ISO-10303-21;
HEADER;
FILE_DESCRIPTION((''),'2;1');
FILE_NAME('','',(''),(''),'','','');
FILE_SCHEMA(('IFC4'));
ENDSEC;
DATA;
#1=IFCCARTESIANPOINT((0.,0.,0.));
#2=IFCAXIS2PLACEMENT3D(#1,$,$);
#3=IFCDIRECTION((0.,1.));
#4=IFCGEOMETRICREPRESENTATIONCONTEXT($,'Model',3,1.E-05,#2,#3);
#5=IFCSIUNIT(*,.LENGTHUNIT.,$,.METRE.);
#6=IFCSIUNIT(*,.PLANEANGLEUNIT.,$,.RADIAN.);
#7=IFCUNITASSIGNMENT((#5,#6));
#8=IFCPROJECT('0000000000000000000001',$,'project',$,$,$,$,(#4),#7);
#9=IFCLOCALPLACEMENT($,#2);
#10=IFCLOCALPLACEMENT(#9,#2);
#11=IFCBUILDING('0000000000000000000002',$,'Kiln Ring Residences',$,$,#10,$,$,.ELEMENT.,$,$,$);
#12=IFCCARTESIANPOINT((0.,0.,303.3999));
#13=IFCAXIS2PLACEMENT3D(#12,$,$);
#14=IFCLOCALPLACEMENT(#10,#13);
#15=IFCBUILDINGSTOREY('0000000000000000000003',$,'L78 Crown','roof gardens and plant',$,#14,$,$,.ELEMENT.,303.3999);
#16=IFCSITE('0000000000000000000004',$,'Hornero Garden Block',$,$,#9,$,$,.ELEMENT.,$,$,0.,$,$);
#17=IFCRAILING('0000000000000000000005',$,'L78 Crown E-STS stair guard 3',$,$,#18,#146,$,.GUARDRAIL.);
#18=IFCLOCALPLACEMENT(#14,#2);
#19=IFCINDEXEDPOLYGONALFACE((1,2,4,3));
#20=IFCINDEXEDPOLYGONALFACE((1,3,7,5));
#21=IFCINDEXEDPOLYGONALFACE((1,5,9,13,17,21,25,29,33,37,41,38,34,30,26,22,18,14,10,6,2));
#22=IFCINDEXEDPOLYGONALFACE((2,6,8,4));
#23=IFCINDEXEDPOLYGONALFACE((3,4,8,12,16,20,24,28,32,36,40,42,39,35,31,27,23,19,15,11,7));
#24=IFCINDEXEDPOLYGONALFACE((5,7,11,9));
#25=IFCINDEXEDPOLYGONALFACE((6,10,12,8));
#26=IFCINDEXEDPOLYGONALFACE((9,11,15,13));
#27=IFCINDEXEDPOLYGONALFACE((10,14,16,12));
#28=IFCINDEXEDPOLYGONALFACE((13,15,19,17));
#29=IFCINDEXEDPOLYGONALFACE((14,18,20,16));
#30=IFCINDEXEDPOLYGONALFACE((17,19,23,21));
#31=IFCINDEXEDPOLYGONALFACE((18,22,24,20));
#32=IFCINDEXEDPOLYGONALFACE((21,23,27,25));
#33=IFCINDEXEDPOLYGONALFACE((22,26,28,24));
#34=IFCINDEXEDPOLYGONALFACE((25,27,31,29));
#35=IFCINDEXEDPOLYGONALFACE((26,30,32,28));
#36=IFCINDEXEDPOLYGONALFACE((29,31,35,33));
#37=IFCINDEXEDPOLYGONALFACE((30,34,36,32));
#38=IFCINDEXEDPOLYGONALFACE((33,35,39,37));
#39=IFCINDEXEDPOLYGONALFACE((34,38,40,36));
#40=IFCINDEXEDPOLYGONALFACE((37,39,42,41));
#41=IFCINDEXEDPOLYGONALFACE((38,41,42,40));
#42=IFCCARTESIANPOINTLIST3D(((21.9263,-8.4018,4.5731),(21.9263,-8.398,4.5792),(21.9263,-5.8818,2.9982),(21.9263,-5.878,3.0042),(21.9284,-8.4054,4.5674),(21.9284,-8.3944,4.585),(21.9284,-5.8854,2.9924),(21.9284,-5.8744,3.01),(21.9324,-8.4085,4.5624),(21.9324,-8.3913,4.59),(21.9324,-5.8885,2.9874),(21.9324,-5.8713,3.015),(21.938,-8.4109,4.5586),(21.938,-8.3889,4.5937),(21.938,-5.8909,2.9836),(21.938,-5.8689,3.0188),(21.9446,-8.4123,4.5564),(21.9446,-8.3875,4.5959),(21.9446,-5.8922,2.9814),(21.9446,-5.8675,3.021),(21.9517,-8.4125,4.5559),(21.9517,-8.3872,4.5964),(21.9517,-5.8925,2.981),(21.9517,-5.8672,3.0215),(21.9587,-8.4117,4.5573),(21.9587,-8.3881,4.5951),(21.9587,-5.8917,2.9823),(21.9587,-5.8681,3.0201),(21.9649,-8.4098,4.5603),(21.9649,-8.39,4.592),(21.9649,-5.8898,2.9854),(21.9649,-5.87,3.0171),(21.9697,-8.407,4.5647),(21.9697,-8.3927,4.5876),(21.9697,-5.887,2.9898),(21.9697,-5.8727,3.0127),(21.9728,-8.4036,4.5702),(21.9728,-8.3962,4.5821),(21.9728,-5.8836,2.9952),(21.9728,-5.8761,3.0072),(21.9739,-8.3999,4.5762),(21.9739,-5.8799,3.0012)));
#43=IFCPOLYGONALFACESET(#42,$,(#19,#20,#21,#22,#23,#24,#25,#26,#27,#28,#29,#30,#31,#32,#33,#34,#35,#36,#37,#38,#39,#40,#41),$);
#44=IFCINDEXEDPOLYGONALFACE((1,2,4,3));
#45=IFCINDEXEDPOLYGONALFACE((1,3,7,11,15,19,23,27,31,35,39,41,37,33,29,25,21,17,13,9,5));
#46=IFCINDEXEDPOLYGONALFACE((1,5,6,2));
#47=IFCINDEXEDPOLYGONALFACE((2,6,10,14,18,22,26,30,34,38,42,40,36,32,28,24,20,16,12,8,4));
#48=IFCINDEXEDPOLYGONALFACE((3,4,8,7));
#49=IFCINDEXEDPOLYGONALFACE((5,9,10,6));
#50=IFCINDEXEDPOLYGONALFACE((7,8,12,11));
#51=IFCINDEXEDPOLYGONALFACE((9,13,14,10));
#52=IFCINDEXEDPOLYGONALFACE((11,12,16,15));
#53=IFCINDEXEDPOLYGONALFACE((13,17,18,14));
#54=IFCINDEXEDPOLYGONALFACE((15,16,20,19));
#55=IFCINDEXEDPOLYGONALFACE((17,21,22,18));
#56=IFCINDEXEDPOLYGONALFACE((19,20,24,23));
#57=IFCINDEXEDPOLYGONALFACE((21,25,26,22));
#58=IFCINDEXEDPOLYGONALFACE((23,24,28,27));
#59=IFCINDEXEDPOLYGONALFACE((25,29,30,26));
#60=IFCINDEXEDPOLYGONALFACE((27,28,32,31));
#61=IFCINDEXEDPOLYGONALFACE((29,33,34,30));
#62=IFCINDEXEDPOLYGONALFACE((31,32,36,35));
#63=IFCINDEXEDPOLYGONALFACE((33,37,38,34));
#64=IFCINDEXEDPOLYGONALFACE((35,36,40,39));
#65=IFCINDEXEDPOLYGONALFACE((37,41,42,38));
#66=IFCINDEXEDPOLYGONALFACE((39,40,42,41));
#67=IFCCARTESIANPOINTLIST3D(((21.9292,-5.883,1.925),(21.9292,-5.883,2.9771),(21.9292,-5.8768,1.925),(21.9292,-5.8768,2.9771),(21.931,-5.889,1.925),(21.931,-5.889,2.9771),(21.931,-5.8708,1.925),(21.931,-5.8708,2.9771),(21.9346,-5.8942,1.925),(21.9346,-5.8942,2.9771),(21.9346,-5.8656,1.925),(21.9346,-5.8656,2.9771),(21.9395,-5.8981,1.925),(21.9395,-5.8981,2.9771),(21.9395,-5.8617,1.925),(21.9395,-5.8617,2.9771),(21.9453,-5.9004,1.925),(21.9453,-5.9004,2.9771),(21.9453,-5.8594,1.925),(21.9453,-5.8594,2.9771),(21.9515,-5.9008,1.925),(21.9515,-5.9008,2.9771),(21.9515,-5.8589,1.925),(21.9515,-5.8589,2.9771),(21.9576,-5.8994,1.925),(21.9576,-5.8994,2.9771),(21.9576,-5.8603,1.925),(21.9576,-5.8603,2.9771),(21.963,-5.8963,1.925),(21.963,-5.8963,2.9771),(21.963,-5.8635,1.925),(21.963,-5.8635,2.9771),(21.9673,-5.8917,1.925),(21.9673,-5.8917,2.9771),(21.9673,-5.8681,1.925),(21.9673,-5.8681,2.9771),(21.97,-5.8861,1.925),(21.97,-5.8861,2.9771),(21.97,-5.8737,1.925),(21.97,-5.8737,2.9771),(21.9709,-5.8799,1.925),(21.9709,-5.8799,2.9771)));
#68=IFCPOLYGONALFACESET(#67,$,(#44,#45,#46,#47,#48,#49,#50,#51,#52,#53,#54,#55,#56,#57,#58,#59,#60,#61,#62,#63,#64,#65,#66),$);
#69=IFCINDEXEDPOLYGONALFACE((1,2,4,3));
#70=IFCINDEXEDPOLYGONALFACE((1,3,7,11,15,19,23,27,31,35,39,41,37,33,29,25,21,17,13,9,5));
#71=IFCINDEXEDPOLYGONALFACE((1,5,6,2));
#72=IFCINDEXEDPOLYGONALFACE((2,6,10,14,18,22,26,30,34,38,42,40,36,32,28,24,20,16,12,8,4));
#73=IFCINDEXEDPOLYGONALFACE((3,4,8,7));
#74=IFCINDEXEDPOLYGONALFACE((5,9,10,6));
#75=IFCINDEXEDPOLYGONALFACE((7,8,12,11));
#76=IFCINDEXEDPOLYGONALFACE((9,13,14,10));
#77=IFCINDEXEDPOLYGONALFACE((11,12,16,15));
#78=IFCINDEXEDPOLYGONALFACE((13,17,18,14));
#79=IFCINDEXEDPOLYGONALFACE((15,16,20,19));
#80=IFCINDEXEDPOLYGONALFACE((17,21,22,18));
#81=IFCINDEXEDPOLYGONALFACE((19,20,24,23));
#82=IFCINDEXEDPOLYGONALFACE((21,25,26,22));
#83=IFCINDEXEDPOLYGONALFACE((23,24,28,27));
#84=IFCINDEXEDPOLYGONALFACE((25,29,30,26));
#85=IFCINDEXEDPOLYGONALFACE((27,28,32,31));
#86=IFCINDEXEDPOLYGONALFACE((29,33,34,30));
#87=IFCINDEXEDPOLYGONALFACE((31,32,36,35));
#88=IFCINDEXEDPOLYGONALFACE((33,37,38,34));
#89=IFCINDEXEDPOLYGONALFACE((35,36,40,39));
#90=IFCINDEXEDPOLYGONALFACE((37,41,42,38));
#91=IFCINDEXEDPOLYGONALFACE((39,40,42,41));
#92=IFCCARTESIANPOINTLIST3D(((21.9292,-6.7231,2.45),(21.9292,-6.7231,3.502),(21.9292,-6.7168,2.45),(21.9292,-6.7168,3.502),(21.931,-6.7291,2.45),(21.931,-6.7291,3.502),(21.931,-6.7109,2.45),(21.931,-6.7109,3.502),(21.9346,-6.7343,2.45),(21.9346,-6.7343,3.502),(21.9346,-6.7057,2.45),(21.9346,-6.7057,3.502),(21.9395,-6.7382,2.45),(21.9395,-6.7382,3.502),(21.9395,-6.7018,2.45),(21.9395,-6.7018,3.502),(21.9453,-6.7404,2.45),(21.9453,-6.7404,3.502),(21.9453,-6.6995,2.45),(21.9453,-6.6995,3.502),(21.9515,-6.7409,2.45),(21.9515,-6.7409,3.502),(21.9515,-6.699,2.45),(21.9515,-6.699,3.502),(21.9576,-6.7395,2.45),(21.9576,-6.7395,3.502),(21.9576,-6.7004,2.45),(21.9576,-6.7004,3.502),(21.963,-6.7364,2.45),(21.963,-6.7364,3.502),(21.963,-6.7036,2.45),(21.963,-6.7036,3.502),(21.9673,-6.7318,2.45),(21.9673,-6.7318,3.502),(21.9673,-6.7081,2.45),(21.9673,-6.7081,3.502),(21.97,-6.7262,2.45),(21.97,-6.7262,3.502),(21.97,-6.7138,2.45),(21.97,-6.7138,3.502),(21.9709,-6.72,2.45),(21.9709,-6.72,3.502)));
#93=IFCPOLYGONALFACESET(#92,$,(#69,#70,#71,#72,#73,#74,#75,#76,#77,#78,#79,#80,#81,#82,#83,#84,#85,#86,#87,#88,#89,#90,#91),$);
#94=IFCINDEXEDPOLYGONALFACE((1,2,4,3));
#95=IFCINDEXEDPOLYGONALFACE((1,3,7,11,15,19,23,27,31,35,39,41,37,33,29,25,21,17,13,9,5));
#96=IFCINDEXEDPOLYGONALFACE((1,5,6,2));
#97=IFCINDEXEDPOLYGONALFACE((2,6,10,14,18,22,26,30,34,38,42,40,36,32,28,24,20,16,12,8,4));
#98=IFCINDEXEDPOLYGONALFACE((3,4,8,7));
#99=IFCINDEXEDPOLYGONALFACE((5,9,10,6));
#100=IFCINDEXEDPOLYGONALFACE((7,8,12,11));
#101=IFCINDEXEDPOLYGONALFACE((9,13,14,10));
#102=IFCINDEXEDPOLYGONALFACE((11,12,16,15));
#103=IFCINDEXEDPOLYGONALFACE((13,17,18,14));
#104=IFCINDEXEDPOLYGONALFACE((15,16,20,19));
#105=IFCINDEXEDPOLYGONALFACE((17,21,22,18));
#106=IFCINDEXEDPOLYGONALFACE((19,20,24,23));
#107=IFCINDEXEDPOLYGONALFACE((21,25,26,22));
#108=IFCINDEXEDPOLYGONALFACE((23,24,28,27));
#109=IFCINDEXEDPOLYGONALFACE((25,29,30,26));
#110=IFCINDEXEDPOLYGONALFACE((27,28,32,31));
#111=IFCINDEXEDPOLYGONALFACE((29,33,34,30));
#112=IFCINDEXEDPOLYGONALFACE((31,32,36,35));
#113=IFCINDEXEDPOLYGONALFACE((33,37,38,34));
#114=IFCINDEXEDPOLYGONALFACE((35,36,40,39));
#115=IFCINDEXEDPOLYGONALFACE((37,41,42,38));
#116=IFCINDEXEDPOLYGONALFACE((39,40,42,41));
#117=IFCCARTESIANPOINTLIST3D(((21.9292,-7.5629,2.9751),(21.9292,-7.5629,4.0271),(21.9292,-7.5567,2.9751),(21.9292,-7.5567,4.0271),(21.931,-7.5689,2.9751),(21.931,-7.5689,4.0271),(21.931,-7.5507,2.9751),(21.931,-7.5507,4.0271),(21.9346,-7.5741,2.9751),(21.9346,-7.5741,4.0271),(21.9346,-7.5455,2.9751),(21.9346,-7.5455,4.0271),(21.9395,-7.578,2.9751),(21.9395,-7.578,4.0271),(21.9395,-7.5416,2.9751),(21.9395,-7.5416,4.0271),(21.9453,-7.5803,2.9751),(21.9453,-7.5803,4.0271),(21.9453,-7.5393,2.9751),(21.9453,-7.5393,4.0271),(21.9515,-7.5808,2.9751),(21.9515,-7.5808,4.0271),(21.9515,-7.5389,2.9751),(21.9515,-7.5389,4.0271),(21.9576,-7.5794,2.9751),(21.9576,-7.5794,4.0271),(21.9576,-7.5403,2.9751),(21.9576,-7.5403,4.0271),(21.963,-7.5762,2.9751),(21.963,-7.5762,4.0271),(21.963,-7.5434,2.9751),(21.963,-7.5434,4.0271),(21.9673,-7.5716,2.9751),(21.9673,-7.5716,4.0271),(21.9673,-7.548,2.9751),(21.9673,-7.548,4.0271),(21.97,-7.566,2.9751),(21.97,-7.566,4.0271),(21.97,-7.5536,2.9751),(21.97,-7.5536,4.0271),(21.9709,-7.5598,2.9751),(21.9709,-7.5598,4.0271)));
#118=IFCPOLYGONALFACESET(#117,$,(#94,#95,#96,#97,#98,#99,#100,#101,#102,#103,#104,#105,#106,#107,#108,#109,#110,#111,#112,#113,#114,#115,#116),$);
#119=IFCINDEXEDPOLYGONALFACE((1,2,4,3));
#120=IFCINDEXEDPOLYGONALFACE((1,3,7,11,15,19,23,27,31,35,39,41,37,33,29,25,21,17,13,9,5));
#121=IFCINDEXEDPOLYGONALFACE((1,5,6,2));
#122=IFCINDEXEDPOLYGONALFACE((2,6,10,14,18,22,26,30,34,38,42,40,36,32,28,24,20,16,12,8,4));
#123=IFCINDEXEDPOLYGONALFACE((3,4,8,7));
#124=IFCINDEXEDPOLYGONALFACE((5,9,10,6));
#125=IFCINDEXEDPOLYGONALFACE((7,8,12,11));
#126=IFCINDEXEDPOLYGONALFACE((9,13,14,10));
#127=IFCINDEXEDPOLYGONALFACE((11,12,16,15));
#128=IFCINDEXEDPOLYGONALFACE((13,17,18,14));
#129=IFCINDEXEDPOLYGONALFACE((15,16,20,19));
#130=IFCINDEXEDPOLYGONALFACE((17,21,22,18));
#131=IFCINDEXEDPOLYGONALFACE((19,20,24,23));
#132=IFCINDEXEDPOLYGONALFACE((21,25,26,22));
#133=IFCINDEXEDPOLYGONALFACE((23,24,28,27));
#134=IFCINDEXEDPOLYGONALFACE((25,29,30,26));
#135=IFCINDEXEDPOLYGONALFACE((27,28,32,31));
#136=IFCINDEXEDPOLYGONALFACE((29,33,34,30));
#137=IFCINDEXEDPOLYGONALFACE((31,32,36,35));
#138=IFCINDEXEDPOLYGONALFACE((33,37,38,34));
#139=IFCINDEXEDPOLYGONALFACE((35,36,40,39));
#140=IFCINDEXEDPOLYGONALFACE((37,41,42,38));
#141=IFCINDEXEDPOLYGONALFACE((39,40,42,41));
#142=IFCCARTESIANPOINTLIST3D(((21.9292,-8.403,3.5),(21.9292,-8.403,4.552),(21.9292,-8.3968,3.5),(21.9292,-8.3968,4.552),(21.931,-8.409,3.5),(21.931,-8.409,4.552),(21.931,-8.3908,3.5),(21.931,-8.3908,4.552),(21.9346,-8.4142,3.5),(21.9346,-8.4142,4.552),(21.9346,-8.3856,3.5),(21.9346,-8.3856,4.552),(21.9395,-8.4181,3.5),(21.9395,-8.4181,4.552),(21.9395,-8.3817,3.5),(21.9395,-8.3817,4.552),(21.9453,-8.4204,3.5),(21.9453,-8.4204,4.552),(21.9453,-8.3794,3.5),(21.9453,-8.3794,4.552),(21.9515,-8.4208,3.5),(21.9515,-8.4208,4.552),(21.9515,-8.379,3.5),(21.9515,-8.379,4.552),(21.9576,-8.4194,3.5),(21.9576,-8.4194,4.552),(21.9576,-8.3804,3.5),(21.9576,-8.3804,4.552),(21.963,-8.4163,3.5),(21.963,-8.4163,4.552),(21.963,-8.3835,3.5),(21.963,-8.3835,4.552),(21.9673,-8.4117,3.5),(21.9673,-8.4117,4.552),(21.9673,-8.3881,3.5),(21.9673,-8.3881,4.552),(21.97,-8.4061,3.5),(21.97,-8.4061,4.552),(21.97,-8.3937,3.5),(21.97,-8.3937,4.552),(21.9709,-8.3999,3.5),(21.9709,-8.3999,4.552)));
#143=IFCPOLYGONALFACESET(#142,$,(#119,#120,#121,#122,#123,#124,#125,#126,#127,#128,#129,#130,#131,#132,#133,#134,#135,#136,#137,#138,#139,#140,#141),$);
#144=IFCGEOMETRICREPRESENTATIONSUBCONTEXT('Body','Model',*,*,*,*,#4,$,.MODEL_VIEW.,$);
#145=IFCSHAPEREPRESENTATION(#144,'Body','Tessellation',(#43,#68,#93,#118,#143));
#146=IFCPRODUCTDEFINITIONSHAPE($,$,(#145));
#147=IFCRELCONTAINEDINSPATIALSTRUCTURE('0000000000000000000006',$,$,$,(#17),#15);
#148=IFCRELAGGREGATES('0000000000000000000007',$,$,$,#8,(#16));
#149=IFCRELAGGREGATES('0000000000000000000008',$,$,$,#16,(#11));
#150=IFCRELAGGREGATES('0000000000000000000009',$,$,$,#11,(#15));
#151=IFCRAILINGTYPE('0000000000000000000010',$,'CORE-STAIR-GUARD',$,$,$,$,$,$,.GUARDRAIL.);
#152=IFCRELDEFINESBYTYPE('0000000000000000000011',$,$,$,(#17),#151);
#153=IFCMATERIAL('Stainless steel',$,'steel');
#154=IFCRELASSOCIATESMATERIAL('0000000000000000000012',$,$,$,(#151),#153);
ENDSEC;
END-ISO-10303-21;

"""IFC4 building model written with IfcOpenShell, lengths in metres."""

from ifc_helpers import new_model, si_unit, direction, frame, origin, origin_2d, place, context, subcontext, project, spatial, circle, extrude, material, type_object, element, save


model = new_model("IFC4")

# Units and contexts
model_context = context("Model", 3, precision=1e-05, world=origin(), true_north=direction((0.0, 1.0)))
body_context = subcontext(model_context, "Body", "Model", "MODEL_VIEW")
ifc_project = project(units=[si_unit("LENGTHUNIT", "METRE"), si_unit("PLANEANGLEUNIT", "RADIAN")], contexts=[model_context])

# Site, building, storey
site_placement = place(None, origin())
site = spatial("IfcSite", under=ifc_project, at=site_placement, Name="Hornero Garden Block", CompositionType="ELEMENT", RefElevation=0.0)
building_placement = place(site_placement, origin())
building = spatial("IfcBuilding", under=site, at=building_placement, Name="Kiln Ring Residences", CompositionType="ELEMENT")
storey_placement = place(building_placement, frame((0.0, 0.0, 303.3999)))
storey = spatial("IfcBuildingStorey", under=building, at=storey_placement, Name="L78 Crown", Description="roof gardens and plant", CompositionType="ELEMENT", Elevation=303.3999)

# Railing
ifc_material_1 = material(Name="Stainless steel", Category="steel")
railing_type_1 = type_object("IfcRailingType", Name="CORE-STAIR-GUARD", PredefinedType="GUARDRAIL", material=ifc_material_1)
railing_1_placement = place(storey_placement, frame((21.95, -5.8799, 1.925)))
element("IfcRailing", 1, at=railing_1_placement, inside=storey, type_object=railing_type_1, Name="L78 Crown E-STS stair guard 3", PredefinedType="GUARDRAIL", context=body_context, shape_type="SweptSolid", body=[
    extrude(circle(Radius=0.0239, at=origin_2d()), frame((0.0, 0.0, 1.0762), z_axis=(0.0, -0.848008, 0.529984), x_axis=(1.0, 0.0, 0.0)), (0.0, 0.0, 1.0), 2.9717),
    extrude(circle(Radius=0.021, at=origin_2d()), origin(), (0.0, 0.0, 1.0), 1.052),
    extrude(circle(Radius=0.021, at=origin_2d()), frame((0.0, -0.8401, 0.5249)), (0.0, 0.0, 1.0), 1.052),
    extrude(circle(Radius=0.021, at=origin_2d()), frame((0.0, -1.6799, 1.05)), (0.0, 0.0, 1.0), 1.052),
    extrude(circle(Radius=0.021, at=origin_2d()), frame((0.0, -2.52, 1.575)), (0.0, 0.0, 1.0), 1.052),
])

save(model, "model.ifc")
